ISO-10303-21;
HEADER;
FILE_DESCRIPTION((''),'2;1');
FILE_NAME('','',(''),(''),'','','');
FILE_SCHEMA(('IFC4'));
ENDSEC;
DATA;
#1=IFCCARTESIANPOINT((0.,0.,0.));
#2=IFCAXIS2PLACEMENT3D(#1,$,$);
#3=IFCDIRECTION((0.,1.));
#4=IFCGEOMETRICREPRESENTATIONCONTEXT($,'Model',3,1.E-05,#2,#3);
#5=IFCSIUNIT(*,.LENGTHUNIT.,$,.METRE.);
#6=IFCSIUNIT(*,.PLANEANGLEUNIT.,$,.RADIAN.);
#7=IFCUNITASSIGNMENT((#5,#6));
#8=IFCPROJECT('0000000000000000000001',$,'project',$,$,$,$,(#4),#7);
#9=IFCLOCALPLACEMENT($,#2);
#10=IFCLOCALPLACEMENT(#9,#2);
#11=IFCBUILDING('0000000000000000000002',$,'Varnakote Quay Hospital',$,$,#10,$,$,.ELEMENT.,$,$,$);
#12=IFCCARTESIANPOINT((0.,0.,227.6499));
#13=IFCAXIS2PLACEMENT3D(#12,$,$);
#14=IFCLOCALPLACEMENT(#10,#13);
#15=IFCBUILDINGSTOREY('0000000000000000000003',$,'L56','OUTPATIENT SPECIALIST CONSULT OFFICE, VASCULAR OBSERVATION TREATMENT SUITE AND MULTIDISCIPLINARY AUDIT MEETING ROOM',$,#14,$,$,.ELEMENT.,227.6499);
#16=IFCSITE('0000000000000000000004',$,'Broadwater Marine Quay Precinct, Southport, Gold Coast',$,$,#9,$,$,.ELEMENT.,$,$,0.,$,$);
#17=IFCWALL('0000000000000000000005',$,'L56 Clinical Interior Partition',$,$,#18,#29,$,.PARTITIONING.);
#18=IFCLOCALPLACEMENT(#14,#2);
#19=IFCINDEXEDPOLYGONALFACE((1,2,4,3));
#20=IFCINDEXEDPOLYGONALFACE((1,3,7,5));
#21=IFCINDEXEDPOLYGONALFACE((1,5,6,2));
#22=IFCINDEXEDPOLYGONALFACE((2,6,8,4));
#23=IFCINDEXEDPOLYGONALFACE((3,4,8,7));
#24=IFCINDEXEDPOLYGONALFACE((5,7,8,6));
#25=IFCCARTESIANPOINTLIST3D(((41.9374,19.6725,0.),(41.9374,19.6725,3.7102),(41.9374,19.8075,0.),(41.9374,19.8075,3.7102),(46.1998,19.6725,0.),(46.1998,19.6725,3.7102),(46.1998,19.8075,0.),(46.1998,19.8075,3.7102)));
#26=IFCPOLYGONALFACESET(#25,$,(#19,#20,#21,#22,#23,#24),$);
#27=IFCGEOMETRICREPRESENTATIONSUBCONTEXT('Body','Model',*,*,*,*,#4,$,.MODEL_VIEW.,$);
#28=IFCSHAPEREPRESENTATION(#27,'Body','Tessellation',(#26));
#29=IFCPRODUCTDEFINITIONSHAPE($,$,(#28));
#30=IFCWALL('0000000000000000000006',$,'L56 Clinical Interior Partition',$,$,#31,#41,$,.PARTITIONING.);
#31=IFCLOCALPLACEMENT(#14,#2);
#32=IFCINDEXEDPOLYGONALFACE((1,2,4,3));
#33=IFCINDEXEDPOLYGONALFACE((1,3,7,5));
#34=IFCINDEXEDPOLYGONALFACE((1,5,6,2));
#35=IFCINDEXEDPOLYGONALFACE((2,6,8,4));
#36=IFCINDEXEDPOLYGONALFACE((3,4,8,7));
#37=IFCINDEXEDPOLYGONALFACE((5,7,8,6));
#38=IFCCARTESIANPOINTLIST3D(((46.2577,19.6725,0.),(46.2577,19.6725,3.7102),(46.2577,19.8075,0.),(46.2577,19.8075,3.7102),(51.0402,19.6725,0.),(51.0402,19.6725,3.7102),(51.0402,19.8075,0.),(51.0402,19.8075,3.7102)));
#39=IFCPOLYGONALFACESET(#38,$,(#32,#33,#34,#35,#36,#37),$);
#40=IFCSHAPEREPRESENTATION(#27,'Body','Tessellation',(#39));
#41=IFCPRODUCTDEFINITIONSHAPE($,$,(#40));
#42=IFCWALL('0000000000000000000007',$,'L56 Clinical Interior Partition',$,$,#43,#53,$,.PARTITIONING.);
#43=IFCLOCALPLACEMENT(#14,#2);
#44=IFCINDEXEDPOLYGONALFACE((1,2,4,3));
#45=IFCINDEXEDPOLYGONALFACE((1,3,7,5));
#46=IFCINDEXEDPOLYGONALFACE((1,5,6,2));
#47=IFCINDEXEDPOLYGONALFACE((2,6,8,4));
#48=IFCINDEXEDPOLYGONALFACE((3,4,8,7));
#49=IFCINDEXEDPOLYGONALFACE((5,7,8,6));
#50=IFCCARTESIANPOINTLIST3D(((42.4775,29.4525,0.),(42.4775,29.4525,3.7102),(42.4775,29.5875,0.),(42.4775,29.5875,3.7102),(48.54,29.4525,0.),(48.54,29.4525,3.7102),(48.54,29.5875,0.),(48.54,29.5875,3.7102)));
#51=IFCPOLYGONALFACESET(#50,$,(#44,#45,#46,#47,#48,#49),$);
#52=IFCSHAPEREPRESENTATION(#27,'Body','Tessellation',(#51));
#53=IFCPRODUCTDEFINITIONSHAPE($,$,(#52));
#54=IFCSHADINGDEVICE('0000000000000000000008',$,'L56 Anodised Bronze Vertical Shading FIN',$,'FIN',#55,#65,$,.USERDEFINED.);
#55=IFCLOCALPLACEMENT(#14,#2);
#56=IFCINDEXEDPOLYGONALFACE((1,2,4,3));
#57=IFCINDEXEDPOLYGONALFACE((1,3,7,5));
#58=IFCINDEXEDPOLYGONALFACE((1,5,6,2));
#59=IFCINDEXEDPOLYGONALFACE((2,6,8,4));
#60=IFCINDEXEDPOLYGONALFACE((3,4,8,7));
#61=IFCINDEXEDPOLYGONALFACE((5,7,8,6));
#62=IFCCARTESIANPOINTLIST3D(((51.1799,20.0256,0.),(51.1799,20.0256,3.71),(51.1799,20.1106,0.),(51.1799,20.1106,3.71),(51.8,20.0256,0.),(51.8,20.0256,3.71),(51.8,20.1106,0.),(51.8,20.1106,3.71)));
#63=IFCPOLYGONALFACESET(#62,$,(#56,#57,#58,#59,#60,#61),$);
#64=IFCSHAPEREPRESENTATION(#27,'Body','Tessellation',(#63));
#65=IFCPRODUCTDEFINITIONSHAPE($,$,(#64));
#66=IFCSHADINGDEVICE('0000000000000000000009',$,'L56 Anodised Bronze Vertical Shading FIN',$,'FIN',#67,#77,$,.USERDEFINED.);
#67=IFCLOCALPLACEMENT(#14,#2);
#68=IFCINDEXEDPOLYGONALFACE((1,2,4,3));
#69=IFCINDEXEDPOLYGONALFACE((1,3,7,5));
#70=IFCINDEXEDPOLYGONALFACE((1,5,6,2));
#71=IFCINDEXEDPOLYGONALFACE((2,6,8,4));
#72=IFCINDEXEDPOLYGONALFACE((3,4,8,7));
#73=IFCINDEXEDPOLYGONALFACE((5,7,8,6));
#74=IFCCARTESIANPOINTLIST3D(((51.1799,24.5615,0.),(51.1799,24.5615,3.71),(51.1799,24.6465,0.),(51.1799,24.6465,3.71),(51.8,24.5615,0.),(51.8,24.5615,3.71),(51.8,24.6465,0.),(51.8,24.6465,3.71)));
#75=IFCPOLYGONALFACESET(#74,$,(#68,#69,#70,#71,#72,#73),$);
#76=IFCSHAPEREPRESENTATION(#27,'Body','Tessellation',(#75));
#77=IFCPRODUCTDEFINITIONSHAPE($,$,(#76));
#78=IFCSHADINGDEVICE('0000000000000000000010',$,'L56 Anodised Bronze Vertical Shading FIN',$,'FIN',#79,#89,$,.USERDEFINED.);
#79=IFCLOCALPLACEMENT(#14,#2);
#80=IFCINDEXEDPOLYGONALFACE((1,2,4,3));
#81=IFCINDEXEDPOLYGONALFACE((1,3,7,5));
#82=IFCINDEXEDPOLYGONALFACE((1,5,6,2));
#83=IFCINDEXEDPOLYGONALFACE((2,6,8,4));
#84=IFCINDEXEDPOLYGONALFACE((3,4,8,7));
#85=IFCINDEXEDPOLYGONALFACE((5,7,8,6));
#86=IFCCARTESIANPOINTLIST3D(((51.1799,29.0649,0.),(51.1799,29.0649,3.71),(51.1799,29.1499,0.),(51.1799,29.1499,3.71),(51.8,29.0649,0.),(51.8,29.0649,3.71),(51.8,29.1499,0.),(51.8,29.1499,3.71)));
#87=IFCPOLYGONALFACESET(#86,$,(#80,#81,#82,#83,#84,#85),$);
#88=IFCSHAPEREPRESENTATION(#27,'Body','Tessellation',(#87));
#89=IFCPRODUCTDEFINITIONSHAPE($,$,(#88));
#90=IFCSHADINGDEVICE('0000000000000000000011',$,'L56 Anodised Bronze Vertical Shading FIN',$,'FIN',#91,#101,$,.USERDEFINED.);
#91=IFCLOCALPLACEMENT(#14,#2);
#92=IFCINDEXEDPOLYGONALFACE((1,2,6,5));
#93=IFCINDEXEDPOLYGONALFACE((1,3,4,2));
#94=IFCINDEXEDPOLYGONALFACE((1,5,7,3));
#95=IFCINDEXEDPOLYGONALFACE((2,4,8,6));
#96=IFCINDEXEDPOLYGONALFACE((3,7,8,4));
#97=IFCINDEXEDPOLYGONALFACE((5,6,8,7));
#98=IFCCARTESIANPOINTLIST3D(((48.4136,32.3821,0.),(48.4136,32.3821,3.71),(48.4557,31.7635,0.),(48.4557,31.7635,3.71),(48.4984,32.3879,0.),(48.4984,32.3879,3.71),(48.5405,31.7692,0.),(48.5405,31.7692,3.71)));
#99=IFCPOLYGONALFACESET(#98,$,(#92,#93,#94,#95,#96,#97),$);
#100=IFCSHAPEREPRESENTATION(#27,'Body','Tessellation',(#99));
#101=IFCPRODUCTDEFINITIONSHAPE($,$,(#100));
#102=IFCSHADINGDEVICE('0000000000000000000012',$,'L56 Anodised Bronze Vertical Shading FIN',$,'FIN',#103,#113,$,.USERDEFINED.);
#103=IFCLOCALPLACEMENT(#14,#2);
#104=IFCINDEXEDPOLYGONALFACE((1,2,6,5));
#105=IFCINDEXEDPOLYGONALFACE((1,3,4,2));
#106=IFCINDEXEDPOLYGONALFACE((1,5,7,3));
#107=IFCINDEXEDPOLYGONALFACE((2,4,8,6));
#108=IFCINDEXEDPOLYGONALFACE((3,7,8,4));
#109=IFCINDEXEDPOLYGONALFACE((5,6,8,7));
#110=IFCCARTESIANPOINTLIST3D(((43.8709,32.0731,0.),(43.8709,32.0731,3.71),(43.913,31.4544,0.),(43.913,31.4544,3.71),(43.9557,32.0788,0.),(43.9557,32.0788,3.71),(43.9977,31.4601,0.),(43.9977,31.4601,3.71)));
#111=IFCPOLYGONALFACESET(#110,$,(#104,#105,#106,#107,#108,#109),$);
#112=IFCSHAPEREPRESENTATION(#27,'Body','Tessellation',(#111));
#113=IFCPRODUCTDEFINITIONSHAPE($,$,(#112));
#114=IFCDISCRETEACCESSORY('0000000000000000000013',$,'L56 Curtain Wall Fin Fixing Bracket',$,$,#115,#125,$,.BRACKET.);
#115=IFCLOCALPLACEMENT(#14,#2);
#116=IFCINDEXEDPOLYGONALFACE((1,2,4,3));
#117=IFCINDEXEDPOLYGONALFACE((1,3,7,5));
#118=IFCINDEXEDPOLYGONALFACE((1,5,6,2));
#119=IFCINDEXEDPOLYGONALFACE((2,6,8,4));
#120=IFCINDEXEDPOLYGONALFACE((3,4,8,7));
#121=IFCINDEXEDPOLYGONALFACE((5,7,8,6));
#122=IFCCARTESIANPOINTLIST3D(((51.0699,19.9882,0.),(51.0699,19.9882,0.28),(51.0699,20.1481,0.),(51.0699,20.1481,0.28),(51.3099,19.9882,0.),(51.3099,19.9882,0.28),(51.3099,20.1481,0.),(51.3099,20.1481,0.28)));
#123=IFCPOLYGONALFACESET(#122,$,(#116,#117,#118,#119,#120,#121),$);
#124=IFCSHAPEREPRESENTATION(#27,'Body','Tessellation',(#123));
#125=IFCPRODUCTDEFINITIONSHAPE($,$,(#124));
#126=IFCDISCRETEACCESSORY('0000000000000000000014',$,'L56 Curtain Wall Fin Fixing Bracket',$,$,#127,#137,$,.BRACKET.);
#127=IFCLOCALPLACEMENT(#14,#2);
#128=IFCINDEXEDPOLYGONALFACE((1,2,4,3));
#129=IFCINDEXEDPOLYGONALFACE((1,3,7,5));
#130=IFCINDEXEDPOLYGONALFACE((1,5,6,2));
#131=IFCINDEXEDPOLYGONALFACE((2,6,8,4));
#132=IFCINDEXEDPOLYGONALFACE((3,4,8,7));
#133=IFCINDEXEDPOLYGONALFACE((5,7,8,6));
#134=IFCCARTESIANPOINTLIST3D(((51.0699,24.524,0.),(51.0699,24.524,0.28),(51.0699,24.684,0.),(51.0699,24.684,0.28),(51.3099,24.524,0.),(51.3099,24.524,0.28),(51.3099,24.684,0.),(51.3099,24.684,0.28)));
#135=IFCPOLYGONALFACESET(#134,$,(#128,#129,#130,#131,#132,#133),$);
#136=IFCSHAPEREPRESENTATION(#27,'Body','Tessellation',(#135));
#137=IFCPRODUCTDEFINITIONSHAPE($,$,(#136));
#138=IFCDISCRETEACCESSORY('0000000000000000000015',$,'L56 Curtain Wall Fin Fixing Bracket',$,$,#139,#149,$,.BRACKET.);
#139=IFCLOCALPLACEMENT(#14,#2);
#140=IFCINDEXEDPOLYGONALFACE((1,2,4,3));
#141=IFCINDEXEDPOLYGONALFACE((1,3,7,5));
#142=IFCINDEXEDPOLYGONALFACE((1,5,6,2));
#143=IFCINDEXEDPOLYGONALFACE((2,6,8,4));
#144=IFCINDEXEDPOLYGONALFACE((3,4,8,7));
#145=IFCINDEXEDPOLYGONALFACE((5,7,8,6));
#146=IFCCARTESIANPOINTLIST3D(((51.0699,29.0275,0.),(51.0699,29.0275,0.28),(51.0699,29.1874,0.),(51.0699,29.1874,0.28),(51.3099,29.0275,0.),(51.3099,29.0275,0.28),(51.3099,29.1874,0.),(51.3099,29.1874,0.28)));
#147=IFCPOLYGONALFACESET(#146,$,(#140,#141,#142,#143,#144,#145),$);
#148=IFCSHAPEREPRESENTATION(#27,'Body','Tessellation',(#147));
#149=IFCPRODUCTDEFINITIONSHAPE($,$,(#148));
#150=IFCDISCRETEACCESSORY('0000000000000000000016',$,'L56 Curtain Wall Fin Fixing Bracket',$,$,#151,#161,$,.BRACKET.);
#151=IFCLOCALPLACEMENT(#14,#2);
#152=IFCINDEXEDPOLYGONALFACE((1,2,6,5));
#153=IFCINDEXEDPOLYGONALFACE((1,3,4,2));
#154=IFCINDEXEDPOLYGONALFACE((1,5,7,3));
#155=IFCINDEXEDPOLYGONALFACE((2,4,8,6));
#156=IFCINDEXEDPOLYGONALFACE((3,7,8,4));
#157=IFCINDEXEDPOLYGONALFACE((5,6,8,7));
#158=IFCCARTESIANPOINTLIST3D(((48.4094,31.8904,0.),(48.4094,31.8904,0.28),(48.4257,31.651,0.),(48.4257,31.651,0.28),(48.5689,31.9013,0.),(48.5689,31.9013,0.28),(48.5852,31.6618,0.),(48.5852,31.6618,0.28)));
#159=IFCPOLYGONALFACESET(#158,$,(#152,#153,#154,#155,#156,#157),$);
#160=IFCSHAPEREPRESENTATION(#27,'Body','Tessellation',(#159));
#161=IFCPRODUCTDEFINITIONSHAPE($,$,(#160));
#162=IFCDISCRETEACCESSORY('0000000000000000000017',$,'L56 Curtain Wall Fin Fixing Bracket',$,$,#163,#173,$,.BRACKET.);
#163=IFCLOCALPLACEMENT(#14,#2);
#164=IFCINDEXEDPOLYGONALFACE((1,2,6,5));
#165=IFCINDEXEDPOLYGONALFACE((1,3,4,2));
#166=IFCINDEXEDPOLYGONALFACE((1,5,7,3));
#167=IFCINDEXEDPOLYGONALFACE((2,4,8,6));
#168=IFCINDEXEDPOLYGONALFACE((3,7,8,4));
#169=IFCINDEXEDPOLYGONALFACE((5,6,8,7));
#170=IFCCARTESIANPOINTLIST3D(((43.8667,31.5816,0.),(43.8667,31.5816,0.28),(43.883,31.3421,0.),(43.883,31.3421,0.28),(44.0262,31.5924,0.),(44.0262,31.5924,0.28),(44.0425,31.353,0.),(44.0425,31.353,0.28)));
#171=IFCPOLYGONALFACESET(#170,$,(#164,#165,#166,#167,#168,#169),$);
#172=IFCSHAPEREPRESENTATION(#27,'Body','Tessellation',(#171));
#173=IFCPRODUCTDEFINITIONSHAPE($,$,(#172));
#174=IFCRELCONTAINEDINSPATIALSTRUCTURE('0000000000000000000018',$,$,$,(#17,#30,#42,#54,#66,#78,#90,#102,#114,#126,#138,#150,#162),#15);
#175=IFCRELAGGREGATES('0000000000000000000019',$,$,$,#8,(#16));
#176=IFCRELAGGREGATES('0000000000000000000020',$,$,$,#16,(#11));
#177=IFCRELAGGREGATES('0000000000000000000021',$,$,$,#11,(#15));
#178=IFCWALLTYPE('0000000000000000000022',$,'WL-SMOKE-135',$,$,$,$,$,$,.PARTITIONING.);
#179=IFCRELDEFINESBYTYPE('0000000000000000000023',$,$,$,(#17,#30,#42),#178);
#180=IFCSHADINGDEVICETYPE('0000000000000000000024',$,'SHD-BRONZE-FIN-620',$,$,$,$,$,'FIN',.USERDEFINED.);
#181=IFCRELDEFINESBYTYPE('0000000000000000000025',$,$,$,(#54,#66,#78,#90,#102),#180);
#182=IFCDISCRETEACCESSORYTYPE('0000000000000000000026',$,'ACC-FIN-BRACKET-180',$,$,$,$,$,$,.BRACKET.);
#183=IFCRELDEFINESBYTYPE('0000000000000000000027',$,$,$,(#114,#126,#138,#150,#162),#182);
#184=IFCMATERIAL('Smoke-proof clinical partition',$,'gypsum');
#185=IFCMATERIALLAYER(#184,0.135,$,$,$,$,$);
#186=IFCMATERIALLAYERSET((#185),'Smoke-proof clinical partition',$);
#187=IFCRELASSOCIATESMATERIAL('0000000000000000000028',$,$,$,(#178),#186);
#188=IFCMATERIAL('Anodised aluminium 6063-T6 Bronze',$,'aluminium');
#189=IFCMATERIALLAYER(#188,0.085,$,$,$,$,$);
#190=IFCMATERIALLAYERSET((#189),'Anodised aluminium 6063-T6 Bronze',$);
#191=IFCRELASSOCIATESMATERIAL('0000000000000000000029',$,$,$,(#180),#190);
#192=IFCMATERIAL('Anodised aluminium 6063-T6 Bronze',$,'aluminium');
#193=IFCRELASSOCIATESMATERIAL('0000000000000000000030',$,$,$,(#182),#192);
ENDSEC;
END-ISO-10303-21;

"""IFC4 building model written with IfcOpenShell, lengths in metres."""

from ifc_helpers import new_model, si_unit, direction, frame, frame_2d, origin, origin_2d, place, context, subcontext, project, spatial, rectangle, extrude, material, layer, layer_set, type_object, element, save


model = new_model("IFC4")

# Units and contexts
model_context = context("Model", 3, precision=1e-05, world=origin(), true_north=direction((0.0, 1.0)))
body_context = subcontext(model_context, "Body", "Model", "MODEL_VIEW")
ifc_project = project(units=[si_unit("LENGTHUNIT", "METRE"), si_unit("PLANEANGLEUNIT", "RADIAN")], contexts=[model_context])

# Site, building, storey
site_placement = place(None, origin())
site = spatial("IfcSite", under=ifc_project, at=site_placement, Name="Broadwater Marine Quay Precinct, Southport, Gold Coast", CompositionType="ELEMENT", RefElevation=0.0)
building_placement = place(site_placement, origin())
building = spatial("IfcBuilding", under=site, at=building_placement, Name="Varnakote Quay Hospital", CompositionType="ELEMENT")
storey_placement = place(building_placement, frame((0.0, 0.0, 227.6499)))
storey = spatial("IfcBuildingStorey", under=building, at=storey_placement, Name="L56", Description="OUTPATIENT SPECIALIST CONSULT OFFICE, VASCULAR OBSERVATION TREATMENT SUITE AND MULTIDISCIPLINARY AUDIT MEETING ROOM", CompositionType="ELEMENT", Elevation=227.6499)

# Walls
ifc_material_1 = material(Name="Smoke-proof clinical partition", Category="gypsum")
ifc_layer_1 = layer(ifc_material_1, 0.135)
ifc_layer_set_1 = layer_set([ifc_layer_1], Name="Smoke-proof clinical partition")
wall_type_1 = type_object("IfcWallType", Name="WL-SMOKE-135", PredefinedType="PARTITIONING", material=ifc_layer_set_1)
wall_1_placement = place(storey_placement, frame((46.2, 19.74, 0.0), z_axis=(0.0, 0.0, 1.0), x_axis=(-1.0, 0.0, 0.0)))
element("IfcWall", 1, at=wall_1_placement, inside=storey, type_object=wall_type_1, Name="L56 Clinical Interior Partition", PredefinedType="PARTITIONING", context=body_context, shape_type="SweptSolid", body=[
    extrude(rectangle(XDim=4.2625, YDim=0.135, at=frame_2d((2.1313, 0.0))), origin(), (0.0, 0.0, 1.0), 3.7102),
])
wall_2_placement = place(storey_placement, frame((51.04, 19.74, 0.0), z_axis=(0.0, 0.0, 1.0), x_axis=(-1.0, 0.0, 0.0)))
element("IfcWall", 2, at=wall_2_placement, inside=storey, type_object=wall_type_1, Name="L56 Clinical Interior Partition", PredefinedType="PARTITIONING", context=body_context, shape_type="SweptSolid", body=[
    extrude(rectangle(XDim=4.7825, YDim=0.135, at=frame_2d((2.3911, 0.0))), origin(), (0.0, 0.0, 1.0), 3.7102),
])
wall_3_placement = place(storey_placement, frame((48.54, 29.52, 0.0), z_axis=(0.0, 0.0, 1.0), x_axis=(-1.0, 0.0, 0.0)))
element("IfcWall", 3, at=wall_3_placement, inside=storey, type_object=wall_type_1, Name="L56 Clinical Interior Partition", PredefinedType="PARTITIONING", context=body_context, shape_type="SweptSolid", body=[
    extrude(rectangle(XDim=6.0625, YDim=0.135, at=frame_2d((3.0312, 0.0))), origin(), (0.0, 0.0, 1.0), 3.7102),
])

# Shading devices
ifc_material_2 = material(Name="Anodised aluminium 6063-T6 Bronze", Category="aluminium")
ifc_layer_2 = layer(ifc_material_2, 0.085)
ifc_layer_set_2 = layer_set([ifc_layer_2], Name="Anodised aluminium 6063-T6 Bronze")
shading_device_type = type_object("IfcShadingDeviceType", Name="SHD-BRONZE-FIN-620", ElementType="FIN", PredefinedType="USERDEFINED", material=ifc_layer_set_2)
for number, where, z_axis, x_axis, name in (
    (4, (51.49, 20.0681, 0.0), (0.0, 0.0, 1.0), (-1.0, 0.0, 0.0), "L56 Anodised Bronze Vertical Shading FIN"),
    (5, (51.49, 24.604, 0.0), (0.0, 0.0, 1.0), (-1.0, 0.0, 0.0), "L56 Anodised Bronze Vertical Shading FIN"),
    (6, (51.49, 29.1074, 0.0), (0.0, 0.0, 1.0), (-1.0, 0.0, 0.0), "L56 Anodised Bronze Vertical Shading FIN"),
    (7, (48.4771, 32.0757, 0.0), (0.0, 0.0, 1.0), (0.067841, -0.997696, 0.0), "L56 Anodised Bronze Vertical Shading FIN"),
    (8, (43.9343, 31.7666, 0.0), (0.0, 0.0, 1.0), (0.067841, -0.997696, 0.0), "L56 Anodised Bronze Vertical Shading FIN"),
):
    element("IfcShadingDevice", number, at=place(storey_placement, frame(where, z_axis=z_axis, x_axis=x_axis)), inside=storey, type_object=shading_device_type, Name=name, ObjectType="FIN", PredefinedType="USERDEFINED", context=body_context, shape_type="SweptSolid", body=[
        extrude(rectangle(XDim=0.6201, YDim=0.085, at=origin_2d()), origin(), (0.0, 0.0, 1.0), 3.71),
    ])

# Discrete accessories
ifc_material_3 = material(Name="Anodised aluminium 6063-T6 Bronze", Category="aluminium")
discrete_accessory_type = type_object("IfcDiscreteAccessoryType", Name="ACC-FIN-BRACKET-180", PredefinedType="BRACKET", material=ifc_material_3)
for number, where, z_axis, x_axis, name in (
    (9, (51.1899, 20.0681, 0.0), (0.0, 0.0, 1.0), (0.0, 1.0, 0.0), "L56 Curtain Wall Fin Fixing Bracket"),
    (10, (51.1899, 24.604, 0.0), (0.0, 0.0, 1.0), (0.0, 1.0, 0.0), "L56 Curtain Wall Fin Fixing Bracket"),
    (11, (51.1899, 29.1074, 0.0), (0.0, 0.0, 1.0), (0.0, 1.0, 0.0), "L56 Curtain Wall Fin Fixing Bracket"),
    (12, (48.4973, 31.7761, 0.0), (0.0, 0.0, 1.0), (-0.997696, -0.067841, 0.0), "L56 Curtain Wall Fin Fixing Bracket"),
    (13, (43.9546, 31.4673, 0.0), (0.0, 0.0, 1.0), (-0.997696, -0.067841, 0.0), "L56 Curtain Wall Fin Fixing Bracket"),
):
    element("IfcDiscreteAccessory", number, at=place(storey_placement, frame(where, z_axis=z_axis, x_axis=x_axis)), inside=storey, type_object=discrete_accessory_type, Name=name, PredefinedType="BRACKET", context=body_context, shape_type="SweptSolid", body=[
        extrude(rectangle(XDim=0.1599, YDim=0.24, at=origin_2d()), origin(), (0.0, 0.0, 1.0), 0.28),
    ])

save(model, "model.ifc")
